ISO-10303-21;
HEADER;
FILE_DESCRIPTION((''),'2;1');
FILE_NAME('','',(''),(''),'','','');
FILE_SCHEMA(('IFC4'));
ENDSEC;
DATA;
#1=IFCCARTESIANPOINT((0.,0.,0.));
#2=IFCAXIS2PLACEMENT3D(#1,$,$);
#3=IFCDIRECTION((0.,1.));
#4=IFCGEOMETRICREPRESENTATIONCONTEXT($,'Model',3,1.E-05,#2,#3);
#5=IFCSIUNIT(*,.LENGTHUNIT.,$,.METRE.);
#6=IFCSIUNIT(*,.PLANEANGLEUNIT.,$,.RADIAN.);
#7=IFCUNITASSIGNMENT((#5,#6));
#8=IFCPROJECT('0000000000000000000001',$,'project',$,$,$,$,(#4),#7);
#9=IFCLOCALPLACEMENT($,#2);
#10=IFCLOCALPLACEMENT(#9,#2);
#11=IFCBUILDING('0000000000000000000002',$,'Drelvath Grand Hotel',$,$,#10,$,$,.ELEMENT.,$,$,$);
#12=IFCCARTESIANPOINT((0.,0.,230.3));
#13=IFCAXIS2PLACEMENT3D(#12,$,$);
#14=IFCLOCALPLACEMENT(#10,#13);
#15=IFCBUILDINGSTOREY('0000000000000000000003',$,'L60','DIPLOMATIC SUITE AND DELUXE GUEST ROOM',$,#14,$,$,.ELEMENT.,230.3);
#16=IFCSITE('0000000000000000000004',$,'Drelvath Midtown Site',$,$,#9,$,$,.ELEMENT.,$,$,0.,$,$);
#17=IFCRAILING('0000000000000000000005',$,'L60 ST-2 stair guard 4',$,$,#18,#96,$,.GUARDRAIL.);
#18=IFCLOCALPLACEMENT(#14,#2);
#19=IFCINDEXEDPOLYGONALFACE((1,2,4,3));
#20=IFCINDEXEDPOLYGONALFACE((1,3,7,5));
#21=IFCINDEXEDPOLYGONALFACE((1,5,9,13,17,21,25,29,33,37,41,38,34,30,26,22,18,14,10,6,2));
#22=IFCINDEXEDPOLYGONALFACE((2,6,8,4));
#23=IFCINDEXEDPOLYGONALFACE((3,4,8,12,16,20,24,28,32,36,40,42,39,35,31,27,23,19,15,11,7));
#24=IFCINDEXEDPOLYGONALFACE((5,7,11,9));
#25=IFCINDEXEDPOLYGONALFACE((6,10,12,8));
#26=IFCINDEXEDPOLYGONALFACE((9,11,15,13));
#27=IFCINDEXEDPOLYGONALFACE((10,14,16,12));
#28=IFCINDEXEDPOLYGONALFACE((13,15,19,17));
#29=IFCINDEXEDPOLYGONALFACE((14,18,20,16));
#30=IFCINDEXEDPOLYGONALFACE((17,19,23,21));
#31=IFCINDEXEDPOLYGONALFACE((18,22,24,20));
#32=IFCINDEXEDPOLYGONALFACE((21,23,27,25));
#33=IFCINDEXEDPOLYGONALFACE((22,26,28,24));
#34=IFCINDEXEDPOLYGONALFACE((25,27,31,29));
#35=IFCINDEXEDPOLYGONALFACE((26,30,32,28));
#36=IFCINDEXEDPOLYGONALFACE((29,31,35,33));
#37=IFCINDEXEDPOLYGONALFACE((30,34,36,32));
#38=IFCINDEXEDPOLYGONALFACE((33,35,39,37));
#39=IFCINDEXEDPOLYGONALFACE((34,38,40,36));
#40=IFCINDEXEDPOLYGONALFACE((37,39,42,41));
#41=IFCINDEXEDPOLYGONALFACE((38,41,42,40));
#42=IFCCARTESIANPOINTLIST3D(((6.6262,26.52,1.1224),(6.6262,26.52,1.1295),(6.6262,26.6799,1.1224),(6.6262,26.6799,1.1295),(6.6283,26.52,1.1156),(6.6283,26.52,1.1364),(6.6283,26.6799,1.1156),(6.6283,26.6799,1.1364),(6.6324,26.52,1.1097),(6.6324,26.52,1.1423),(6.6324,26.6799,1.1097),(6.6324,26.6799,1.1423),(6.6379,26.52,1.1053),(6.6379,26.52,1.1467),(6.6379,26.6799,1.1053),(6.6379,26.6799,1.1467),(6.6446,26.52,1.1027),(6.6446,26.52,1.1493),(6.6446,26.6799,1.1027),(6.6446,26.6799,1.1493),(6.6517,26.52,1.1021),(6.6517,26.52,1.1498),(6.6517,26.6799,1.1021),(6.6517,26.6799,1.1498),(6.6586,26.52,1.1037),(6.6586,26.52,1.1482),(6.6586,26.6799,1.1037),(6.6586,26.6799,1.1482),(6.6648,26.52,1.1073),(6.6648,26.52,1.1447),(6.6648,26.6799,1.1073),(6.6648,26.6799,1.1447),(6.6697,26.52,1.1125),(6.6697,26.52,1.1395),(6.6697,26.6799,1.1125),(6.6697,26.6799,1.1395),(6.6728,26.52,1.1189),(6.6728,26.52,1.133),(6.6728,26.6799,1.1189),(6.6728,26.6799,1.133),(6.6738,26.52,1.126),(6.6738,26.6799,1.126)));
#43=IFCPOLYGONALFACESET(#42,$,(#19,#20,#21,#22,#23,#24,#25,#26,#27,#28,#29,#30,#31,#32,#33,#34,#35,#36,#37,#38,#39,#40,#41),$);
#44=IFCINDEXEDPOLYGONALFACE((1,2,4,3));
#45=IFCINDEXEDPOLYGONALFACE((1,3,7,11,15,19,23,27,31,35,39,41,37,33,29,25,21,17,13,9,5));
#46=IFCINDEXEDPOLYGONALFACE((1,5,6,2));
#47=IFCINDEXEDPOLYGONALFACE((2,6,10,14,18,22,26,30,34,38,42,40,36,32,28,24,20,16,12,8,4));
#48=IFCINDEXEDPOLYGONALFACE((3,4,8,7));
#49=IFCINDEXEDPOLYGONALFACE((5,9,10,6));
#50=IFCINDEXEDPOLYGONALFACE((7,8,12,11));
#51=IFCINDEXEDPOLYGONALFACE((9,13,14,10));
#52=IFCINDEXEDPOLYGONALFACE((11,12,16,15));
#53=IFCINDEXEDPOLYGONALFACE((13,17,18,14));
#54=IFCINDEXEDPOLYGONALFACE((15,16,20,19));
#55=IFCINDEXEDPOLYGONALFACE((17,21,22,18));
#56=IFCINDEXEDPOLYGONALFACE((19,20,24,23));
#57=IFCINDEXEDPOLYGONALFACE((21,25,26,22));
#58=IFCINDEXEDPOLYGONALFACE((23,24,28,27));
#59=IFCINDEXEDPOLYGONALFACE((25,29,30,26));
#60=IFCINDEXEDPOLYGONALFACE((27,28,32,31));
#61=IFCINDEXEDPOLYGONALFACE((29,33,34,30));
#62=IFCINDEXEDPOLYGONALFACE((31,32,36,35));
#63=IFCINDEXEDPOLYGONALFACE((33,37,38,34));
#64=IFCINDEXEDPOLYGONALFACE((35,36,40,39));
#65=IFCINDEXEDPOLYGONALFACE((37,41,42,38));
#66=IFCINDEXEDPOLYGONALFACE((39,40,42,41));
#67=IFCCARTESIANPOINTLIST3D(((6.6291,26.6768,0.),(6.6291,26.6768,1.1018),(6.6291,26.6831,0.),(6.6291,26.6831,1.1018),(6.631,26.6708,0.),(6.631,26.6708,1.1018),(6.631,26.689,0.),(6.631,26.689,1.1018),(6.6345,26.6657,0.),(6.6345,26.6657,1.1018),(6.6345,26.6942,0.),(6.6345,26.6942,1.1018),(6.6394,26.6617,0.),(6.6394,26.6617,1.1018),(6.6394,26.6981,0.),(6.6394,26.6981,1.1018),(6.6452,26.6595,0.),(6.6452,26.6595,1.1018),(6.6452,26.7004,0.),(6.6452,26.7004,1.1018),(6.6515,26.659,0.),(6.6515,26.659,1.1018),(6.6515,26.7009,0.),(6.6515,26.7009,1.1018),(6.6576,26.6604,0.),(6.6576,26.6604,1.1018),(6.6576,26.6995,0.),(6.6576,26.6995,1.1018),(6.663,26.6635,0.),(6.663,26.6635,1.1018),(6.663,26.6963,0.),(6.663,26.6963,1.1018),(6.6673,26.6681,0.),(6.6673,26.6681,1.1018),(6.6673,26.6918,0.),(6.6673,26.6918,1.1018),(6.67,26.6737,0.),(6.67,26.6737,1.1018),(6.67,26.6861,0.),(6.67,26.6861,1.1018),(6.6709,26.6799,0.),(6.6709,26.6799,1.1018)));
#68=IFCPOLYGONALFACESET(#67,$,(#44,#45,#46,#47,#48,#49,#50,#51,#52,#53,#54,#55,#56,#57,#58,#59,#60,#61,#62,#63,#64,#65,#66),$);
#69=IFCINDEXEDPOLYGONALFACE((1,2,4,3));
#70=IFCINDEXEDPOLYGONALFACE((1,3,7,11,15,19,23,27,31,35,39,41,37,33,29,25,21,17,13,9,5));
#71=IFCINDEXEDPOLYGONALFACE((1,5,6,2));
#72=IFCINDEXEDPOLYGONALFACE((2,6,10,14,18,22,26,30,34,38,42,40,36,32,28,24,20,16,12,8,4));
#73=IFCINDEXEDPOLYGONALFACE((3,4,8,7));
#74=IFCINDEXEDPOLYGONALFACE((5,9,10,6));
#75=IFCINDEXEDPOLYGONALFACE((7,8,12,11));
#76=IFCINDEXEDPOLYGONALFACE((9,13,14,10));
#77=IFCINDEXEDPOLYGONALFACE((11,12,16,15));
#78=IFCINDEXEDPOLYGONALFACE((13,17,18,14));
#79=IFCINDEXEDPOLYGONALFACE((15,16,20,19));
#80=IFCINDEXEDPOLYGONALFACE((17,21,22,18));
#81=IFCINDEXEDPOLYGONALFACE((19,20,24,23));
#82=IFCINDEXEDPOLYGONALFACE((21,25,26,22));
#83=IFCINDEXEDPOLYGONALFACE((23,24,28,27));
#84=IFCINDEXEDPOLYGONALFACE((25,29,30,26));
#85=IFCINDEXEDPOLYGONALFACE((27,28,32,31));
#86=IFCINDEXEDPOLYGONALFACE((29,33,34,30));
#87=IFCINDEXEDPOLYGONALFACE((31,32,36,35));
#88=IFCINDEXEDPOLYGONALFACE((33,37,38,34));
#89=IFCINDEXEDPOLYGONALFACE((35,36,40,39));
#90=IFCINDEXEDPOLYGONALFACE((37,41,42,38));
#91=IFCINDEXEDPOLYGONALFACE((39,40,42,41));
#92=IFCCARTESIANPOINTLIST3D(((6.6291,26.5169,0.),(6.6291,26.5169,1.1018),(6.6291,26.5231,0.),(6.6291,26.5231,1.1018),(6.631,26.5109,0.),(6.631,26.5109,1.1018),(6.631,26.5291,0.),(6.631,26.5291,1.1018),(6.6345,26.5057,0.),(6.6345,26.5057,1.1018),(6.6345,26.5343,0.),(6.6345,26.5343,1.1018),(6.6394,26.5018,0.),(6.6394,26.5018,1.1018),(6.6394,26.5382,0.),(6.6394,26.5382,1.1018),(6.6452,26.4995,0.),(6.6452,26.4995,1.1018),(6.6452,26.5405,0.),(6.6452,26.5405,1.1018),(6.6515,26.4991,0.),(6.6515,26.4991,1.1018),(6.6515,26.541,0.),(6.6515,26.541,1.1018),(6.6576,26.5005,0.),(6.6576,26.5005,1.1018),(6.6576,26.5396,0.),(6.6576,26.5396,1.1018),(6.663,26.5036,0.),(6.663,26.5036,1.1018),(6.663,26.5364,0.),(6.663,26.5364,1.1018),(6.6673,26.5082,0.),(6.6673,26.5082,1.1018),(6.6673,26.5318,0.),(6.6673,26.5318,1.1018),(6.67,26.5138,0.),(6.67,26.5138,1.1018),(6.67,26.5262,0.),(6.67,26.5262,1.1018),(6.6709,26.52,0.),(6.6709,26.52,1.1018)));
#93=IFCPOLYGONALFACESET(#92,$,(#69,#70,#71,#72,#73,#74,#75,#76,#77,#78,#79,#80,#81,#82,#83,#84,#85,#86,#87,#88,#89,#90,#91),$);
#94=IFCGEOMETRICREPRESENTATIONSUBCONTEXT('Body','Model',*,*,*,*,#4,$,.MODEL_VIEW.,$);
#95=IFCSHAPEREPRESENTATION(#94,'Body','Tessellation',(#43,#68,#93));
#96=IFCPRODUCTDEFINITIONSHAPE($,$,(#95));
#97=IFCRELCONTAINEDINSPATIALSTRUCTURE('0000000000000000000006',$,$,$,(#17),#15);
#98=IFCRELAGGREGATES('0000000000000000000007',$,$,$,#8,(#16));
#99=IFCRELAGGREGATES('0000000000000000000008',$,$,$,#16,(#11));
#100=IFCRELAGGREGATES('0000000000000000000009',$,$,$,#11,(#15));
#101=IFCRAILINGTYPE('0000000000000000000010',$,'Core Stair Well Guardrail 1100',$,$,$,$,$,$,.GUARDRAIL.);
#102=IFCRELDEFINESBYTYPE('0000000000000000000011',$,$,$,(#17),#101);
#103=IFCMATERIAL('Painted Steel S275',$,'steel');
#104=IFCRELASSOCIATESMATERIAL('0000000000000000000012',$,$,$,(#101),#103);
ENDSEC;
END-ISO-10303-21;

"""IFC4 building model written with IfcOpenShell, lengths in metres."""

from ifc_helpers import new_model, si_unit, direction, frame, origin, origin_2d, place, context, subcontext, project, spatial, circle, extrude, material, type_object, element, save


model = new_model("IFC4")

# Units and contexts
model_context = context("Model", 3, precision=1e-05, world=origin(), true_north=direction((0.0, 1.0)))
body_context = subcontext(model_context, "Body", "Model", "MODEL_VIEW")
ifc_project = project(units=[si_unit("LENGTHUNIT", "METRE"), si_unit("PLANEANGLEUNIT", "RADIAN")], contexts=[model_context])

# Site, building, storey
site_placement = place(None, origin())
site = spatial("IfcSite", under=ifc_project, at=site_placement, Name="Drelvath Midtown Site", CompositionType="ELEMENT", RefElevation=0.0)
building_placement = place(site_placement, origin())
building = spatial("IfcBuilding", under=site, at=building_placement, Name="Drelvath Grand Hotel", CompositionType="ELEMENT")
storey_placement = place(building_placement, frame((0.0, 0.0, 230.3)))
storey = spatial("IfcBuildingStorey", under=building, at=storey_placement, Name="L60", Description="DIPLOMATIC SUITE AND DELUXE GUEST ROOM", CompositionType="ELEMENT", Elevation=230.3)

# Railing
ifc_material_1 = material(Name="Painted Steel S275", Category="steel")
railing_type_1 = type_object("IfcRailingType", Name="Core Stair Well Guardrail 1100", PredefinedType="GUARDRAIL", material=ifc_material_1)
railing_1_placement = place(storey_placement, frame((6.6499, 26.6799, 0.0)))
element("IfcRailing", 1, at=railing_1_placement, inside=storey, type_object=railing_type_1, Name="L60 ST-2 stair guard 4", PredefinedType="GUARDRAIL", context=body_context, shape_type="SweptSolid", body=[
    extrude(circle(Radius=0.0239, at=origin_2d()), frame((0.0, 0.0, 1.126), z_axis=(0.0, -1.0, 0.0), x_axis=(1.0, 0.0, 0.0)), (0.0, 0.0, 1.0), 0.1599),
    extrude(circle(Radius=0.021, at=origin_2d()), origin(), (0.0, 0.0, 1.0), 1.1018),
    extrude(circle(Radius=0.021, at=origin_2d()), frame((0.0, -0.1599, 0.0)), (0.0, 0.0, 1.0), 1.1018),
])

save(model, "model.ifc")
